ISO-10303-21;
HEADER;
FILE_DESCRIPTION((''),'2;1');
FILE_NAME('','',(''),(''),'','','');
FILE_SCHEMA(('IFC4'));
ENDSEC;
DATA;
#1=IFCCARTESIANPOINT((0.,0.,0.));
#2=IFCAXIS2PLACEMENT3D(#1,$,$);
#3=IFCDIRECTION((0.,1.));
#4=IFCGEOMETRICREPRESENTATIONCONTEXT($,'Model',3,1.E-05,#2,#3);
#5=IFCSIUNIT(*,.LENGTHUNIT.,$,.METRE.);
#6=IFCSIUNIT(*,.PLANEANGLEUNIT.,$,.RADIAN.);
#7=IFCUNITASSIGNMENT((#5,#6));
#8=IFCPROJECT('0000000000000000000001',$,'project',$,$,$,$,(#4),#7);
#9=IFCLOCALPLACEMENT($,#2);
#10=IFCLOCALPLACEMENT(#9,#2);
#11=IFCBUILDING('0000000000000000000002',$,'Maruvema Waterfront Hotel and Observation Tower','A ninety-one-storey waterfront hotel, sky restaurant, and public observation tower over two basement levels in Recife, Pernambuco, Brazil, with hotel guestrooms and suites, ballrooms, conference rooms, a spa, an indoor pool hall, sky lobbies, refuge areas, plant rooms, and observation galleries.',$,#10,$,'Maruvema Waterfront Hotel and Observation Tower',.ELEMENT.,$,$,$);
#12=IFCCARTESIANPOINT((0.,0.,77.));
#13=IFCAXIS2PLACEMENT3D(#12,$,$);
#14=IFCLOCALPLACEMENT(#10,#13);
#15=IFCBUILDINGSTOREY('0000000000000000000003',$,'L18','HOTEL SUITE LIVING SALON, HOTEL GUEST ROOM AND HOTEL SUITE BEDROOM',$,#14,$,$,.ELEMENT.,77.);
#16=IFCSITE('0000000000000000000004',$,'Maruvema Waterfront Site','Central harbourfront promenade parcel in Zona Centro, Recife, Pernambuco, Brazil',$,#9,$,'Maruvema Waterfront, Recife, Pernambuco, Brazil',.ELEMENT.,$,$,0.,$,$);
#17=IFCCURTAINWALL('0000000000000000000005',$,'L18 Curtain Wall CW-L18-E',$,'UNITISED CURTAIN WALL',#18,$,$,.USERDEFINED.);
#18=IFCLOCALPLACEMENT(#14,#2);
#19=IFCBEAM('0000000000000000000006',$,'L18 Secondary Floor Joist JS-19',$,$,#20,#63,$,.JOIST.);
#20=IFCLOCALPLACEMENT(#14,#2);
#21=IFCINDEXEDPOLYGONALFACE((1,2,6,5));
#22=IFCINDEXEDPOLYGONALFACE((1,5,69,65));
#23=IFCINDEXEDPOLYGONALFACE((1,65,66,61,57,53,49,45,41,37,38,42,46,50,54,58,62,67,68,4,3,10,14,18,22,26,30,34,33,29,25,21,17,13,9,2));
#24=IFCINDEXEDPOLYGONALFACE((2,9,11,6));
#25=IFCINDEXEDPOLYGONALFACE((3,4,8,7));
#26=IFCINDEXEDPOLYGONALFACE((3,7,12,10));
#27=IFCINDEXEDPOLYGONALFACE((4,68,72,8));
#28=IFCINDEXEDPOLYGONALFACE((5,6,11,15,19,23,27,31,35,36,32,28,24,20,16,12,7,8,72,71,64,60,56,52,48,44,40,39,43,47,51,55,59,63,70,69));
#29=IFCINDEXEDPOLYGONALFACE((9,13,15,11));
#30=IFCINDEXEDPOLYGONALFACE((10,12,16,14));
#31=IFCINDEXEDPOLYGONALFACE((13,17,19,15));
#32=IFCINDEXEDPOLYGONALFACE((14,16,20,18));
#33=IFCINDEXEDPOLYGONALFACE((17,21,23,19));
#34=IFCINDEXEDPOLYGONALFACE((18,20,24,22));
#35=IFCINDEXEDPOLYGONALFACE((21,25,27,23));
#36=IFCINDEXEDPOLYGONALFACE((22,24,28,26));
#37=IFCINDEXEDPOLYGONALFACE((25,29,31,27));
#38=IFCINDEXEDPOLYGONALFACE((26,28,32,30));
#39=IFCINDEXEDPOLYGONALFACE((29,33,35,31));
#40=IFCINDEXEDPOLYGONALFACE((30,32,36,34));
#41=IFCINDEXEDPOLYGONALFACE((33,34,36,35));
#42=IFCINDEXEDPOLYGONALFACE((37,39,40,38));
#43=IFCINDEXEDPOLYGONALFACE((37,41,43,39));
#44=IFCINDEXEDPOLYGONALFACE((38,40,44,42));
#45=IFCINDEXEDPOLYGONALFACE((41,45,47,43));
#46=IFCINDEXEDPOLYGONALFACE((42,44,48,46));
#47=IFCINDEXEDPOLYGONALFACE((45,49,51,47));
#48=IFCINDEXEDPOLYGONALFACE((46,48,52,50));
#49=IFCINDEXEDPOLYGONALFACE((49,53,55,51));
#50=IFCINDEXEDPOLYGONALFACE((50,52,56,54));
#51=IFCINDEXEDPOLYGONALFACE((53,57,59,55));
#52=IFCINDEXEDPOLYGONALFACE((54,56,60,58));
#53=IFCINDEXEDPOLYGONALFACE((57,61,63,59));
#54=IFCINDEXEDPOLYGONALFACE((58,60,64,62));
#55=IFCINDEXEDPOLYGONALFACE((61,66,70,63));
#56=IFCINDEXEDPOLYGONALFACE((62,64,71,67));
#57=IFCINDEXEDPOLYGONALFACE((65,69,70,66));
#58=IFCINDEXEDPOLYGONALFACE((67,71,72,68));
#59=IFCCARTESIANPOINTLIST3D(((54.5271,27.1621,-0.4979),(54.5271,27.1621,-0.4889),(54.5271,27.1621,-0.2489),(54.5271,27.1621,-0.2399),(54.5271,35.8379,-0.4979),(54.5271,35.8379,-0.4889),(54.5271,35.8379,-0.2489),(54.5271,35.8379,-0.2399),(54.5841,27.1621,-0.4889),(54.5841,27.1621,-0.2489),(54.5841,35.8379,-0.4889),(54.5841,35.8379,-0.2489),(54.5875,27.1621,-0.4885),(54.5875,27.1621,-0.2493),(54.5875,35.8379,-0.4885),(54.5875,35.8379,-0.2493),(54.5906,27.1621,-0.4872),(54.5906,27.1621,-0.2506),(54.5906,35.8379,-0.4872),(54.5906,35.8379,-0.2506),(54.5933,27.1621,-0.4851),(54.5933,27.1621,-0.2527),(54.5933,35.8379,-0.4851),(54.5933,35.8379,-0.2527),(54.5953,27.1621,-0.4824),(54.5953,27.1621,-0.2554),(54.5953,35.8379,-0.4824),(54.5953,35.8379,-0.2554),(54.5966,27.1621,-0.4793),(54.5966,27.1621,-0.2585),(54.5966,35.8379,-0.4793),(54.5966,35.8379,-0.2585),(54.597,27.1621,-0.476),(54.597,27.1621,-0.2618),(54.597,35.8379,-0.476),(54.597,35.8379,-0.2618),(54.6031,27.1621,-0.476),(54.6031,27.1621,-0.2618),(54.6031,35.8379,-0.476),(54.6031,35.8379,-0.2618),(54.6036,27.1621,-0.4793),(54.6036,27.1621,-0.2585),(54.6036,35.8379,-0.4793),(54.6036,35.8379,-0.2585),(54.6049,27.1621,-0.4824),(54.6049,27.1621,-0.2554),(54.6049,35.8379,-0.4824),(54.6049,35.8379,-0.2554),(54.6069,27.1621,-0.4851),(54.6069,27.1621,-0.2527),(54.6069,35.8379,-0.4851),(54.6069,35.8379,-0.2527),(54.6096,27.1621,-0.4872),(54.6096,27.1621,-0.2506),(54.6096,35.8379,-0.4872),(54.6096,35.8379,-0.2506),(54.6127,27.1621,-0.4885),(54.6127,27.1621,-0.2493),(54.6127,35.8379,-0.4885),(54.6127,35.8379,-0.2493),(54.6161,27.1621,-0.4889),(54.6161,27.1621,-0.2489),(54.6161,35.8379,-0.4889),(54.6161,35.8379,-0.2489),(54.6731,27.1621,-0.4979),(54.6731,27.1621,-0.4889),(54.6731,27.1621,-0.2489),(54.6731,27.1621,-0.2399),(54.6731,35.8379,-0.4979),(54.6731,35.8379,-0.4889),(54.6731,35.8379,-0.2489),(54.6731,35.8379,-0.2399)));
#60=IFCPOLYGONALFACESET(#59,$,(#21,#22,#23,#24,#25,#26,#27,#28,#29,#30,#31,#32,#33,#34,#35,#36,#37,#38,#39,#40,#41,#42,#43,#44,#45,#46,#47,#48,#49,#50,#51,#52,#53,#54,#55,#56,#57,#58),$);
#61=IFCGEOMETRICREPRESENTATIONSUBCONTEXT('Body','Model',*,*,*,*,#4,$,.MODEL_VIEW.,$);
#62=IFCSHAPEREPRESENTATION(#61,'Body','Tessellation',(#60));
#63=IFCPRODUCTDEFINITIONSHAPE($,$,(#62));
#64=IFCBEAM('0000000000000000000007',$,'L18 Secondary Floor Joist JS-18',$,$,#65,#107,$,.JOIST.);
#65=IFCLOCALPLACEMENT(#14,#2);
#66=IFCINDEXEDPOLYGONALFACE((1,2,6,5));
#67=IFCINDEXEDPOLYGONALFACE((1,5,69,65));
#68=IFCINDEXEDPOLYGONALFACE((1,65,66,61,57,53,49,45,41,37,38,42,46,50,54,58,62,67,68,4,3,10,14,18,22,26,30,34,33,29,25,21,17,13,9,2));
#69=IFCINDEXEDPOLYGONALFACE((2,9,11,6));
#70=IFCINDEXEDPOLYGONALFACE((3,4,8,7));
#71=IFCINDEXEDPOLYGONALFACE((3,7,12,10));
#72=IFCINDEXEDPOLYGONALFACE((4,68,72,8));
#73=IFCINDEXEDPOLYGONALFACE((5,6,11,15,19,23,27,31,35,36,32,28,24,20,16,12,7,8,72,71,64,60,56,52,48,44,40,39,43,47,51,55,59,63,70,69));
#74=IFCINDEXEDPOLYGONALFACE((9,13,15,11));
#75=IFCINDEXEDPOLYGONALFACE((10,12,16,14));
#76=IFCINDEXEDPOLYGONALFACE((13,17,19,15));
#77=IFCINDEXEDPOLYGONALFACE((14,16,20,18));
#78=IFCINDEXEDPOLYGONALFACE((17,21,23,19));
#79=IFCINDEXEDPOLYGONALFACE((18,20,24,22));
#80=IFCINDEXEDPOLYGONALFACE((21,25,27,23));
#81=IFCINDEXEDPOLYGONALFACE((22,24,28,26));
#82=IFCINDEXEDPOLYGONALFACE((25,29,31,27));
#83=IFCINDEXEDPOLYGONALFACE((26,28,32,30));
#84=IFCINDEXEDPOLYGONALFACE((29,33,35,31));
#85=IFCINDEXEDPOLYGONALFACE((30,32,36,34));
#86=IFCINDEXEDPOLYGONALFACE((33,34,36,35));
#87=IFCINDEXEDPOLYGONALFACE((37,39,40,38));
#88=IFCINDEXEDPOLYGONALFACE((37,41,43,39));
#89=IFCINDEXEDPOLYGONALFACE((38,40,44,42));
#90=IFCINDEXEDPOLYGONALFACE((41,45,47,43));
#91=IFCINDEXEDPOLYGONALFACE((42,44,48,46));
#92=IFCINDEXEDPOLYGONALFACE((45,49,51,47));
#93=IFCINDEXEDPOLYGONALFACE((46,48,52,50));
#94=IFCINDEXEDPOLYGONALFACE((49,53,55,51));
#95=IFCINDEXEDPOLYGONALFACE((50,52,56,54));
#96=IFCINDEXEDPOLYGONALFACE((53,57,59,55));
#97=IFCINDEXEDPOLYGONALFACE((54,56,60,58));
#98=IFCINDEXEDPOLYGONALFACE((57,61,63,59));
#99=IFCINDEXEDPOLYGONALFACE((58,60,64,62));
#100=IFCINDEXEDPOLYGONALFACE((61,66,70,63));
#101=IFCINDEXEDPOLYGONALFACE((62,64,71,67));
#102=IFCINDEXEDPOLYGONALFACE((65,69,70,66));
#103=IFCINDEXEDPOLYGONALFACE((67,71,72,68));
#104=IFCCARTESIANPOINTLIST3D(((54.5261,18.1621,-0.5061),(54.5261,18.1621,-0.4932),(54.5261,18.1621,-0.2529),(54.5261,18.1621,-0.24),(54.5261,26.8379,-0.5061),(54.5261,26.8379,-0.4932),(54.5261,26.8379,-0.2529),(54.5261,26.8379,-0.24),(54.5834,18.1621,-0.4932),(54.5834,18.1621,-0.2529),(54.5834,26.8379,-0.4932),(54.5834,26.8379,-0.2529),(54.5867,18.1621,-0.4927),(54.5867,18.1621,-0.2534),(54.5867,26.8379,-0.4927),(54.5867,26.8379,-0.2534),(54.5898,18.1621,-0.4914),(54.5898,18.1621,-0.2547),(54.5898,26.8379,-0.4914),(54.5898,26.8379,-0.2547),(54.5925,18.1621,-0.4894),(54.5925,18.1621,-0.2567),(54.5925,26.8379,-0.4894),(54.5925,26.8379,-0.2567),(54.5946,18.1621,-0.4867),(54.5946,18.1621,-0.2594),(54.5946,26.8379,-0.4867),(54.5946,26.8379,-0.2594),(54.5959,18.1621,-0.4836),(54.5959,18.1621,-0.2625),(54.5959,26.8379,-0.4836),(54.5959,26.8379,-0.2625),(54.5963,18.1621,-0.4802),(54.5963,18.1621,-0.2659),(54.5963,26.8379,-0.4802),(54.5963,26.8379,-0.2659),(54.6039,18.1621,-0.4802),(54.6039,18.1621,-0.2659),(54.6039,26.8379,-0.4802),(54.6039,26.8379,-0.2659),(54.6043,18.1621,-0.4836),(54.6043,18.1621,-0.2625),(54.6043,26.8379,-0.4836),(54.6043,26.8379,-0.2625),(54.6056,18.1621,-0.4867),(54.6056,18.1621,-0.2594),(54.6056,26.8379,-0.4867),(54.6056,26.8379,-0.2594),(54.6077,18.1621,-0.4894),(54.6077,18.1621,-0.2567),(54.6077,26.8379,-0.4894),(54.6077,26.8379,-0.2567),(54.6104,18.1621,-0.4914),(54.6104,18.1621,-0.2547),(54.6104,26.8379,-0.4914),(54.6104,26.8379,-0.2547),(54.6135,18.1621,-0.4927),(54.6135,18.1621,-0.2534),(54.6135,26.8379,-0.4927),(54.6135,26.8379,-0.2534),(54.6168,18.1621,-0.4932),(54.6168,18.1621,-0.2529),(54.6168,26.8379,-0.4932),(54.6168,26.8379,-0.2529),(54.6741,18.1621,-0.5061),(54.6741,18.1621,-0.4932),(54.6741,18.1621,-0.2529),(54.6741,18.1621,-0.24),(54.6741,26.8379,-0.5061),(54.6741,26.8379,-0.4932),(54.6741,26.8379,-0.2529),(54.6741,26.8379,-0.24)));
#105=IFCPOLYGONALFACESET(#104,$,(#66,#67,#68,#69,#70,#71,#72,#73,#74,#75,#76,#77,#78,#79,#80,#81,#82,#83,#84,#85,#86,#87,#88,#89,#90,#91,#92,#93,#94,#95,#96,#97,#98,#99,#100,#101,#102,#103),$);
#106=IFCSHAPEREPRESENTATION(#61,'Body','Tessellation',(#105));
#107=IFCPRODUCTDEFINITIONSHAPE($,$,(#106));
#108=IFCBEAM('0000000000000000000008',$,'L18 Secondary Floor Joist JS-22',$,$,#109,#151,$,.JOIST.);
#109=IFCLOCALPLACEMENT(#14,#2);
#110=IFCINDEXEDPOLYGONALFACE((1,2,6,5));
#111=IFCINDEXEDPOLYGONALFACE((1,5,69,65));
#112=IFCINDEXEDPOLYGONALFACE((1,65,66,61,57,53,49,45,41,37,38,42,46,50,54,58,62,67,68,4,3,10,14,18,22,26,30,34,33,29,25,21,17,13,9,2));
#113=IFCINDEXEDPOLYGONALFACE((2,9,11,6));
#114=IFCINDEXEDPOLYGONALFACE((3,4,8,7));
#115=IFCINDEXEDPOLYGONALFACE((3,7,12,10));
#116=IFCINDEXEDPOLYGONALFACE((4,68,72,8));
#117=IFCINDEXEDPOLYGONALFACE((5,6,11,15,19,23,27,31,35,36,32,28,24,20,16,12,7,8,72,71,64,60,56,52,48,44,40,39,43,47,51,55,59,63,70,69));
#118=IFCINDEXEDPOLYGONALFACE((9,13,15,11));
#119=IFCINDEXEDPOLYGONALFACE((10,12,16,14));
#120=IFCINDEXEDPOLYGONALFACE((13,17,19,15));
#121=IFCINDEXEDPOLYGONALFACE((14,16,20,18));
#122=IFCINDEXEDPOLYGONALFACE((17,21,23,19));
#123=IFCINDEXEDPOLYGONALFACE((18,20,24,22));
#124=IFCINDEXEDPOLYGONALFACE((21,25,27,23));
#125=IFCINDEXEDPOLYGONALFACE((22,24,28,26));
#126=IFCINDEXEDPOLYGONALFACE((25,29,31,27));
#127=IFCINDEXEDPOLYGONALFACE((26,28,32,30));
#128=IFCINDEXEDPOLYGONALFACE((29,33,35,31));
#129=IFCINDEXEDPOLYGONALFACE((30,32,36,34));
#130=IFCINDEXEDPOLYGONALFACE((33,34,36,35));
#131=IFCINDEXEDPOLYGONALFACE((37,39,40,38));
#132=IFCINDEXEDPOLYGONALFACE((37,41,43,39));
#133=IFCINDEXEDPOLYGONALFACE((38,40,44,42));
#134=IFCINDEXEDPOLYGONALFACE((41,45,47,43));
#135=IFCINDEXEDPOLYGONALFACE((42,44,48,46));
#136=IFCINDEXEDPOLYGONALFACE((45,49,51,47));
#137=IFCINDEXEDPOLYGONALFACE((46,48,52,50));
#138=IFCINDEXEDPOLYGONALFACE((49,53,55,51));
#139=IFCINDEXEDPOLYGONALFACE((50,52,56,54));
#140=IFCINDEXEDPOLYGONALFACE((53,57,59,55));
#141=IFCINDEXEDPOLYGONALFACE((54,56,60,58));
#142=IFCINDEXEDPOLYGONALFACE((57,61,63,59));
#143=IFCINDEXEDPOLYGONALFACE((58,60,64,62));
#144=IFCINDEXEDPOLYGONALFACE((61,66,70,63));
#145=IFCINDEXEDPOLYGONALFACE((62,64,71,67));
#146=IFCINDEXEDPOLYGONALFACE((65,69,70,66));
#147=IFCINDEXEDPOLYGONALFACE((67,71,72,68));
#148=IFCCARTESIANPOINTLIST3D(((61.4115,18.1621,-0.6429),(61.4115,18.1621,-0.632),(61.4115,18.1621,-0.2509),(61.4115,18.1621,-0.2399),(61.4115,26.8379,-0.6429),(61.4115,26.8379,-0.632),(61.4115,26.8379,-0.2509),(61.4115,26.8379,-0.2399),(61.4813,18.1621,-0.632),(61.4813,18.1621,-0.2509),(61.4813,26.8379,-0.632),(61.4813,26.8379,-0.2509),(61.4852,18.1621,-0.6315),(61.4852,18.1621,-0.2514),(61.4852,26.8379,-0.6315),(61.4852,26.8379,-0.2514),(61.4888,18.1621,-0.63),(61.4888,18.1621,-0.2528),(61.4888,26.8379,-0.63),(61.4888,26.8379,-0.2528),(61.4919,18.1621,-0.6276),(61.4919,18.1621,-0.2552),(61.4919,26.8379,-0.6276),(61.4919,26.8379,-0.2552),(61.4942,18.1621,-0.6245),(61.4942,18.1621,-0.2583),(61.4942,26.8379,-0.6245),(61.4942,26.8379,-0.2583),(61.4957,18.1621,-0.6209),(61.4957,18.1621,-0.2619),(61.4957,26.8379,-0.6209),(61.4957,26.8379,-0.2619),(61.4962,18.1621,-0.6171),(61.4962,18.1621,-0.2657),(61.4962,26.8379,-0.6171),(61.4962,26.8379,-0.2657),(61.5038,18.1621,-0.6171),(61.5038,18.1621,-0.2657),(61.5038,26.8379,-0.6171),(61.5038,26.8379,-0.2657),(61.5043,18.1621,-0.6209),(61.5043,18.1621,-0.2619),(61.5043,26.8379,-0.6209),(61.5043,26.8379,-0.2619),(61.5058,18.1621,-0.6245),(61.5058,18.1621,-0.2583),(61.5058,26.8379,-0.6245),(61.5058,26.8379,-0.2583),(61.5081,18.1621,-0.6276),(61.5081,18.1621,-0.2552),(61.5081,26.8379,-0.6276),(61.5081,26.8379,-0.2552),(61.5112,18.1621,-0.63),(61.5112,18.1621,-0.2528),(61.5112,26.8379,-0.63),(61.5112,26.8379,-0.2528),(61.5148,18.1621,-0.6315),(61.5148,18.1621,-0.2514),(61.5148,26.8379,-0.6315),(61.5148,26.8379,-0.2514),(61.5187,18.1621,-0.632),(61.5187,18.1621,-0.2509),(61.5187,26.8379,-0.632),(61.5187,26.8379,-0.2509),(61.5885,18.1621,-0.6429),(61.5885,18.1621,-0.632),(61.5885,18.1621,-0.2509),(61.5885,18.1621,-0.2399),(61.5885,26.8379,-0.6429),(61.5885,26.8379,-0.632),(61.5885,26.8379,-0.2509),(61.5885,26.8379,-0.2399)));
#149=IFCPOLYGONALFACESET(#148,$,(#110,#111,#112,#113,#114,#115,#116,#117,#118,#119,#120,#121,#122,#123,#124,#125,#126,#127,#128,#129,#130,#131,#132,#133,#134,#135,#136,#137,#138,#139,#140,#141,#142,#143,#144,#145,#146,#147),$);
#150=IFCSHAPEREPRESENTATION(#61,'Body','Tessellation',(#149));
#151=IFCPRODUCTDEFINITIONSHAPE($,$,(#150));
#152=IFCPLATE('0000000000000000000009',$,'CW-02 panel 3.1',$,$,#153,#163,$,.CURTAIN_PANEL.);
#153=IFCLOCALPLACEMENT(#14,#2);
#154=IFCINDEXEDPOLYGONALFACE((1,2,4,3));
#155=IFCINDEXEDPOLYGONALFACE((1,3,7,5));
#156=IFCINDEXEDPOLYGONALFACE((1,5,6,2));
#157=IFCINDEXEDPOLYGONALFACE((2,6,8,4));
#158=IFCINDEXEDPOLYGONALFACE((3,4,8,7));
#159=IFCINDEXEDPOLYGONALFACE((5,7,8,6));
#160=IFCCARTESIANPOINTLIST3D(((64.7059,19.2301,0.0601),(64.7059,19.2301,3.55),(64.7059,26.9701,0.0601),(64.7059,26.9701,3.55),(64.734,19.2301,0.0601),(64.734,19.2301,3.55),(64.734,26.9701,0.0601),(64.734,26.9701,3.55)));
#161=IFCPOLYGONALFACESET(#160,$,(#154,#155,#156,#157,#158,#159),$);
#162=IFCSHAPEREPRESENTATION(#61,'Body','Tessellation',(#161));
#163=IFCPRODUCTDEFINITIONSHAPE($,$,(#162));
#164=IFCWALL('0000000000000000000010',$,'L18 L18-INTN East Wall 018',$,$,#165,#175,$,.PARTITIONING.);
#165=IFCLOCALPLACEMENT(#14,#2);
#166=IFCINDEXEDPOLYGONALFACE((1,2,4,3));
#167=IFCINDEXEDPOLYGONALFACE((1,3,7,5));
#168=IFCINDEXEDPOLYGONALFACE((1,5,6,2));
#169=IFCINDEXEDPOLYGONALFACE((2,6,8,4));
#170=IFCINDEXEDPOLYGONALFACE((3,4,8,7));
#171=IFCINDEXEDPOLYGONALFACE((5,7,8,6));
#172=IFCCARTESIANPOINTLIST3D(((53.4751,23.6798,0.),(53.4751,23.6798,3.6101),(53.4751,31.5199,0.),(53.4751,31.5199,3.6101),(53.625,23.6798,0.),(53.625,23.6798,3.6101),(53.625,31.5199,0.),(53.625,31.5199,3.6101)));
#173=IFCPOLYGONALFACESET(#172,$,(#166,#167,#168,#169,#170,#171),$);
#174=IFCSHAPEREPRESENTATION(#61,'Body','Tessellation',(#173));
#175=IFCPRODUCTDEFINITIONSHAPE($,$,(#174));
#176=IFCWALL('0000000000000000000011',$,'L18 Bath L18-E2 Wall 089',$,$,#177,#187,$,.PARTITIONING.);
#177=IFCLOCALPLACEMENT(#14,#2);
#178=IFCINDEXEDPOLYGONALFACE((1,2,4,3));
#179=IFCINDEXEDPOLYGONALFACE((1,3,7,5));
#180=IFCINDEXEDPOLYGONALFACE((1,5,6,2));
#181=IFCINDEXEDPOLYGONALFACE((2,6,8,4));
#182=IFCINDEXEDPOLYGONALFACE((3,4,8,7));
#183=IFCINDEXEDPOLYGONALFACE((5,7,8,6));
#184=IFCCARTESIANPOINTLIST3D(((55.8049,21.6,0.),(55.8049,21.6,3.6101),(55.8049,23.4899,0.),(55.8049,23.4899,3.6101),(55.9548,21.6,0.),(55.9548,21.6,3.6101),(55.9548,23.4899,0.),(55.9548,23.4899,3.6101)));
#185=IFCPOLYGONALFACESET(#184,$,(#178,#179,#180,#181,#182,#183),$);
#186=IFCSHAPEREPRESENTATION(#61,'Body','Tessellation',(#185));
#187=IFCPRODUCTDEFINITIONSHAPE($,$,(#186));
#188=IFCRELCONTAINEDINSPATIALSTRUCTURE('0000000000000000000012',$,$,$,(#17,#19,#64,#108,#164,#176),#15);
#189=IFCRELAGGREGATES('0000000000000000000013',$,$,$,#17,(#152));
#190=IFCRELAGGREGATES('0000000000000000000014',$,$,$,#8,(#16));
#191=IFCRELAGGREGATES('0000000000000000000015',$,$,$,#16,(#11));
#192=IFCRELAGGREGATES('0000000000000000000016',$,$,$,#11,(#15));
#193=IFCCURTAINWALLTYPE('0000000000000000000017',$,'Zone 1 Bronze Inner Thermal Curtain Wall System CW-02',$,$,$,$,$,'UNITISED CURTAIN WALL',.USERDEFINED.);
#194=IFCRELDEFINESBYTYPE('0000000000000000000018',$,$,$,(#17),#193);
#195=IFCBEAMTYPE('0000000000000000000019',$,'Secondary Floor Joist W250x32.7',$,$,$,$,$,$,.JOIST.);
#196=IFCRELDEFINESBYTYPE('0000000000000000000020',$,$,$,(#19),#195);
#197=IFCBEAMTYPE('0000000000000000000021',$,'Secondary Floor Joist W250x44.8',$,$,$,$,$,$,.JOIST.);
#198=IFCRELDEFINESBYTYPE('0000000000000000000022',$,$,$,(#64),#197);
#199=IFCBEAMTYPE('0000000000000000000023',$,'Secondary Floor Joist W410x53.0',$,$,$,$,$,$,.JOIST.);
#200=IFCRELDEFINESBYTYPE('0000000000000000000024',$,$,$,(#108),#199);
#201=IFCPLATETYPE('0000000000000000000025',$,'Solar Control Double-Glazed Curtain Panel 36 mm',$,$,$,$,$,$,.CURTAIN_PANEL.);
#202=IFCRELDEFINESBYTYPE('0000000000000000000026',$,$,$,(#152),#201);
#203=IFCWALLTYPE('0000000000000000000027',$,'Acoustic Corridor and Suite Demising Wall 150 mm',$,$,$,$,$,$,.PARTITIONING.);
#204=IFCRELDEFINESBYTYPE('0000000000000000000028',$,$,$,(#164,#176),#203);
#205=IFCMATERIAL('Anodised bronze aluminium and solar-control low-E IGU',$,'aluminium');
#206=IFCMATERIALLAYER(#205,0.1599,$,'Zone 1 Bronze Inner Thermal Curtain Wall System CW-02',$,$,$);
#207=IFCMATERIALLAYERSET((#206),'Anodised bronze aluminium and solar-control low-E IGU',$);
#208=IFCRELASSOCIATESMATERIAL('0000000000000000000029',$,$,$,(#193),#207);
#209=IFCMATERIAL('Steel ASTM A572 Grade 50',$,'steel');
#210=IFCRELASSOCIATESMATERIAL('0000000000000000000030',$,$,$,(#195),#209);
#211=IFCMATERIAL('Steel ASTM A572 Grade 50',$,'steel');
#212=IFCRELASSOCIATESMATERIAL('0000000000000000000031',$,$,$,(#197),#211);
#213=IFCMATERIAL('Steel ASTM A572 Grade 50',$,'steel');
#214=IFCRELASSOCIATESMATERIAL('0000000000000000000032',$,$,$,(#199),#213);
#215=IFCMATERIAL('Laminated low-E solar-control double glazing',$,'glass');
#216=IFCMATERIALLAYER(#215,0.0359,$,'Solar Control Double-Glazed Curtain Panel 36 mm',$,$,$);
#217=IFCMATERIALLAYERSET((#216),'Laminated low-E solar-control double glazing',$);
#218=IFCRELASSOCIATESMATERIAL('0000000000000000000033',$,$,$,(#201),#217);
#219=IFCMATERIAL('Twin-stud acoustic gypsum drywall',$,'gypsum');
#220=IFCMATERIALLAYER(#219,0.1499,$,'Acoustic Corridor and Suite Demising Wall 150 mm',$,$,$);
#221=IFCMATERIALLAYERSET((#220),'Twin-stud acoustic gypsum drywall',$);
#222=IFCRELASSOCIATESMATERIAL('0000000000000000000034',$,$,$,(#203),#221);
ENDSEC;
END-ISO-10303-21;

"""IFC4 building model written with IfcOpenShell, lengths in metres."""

from ifc_helpers import new_model, si_unit, direction, frame, frame_2d, origin, origin_2d, place, context, subcontext, project, spatial, rectangle, i_section, extrude, material, layer, layer_set, material_profile, profile_set, type_object, element, aggregate, save


model = new_model("IFC4")

# Units and contexts
model_context = context("Model", 3, precision=1e-05, world=origin(), true_north=direction((0.0, 1.0)))
body_context = subcontext(model_context, "Body", "Model", "MODEL_VIEW")
ifc_project = project(units=[si_unit("LENGTHUNIT", "METRE"), si_unit("PLANEANGLEUNIT", "RADIAN")], contexts=[model_context])

# Site, building, storey
site_placement = place(None, origin())
site = spatial("IfcSite", under=ifc_project, at=site_placement, Name="Maruvema Waterfront Site", Description="Central harbourfront promenade parcel in Zona Centro, Recife, Pernambuco, Brazil", LongName="Maruvema Waterfront, Recife, Pernambuco, Brazil", CompositionType="ELEMENT", RefElevation=0.0)
building_placement = place(site_placement, origin())
building = spatial("IfcBuilding", under=site, at=building_placement, Name="Maruvema Waterfront Hotel and Observation Tower", Description="A ninety-one-storey waterfront hotel, sky restaurant, and public observation tower over two basement levels in Recife, Pernambuco, Brazil, with hotel guestrooms and suites, ballrooms, conference rooms, a spa, an indoor pool hall, sky lobbies, refuge areas, plant rooms, and observation galleries.", LongName="Maruvema Waterfront Hotel and Observation Tower", CompositionType="ELEMENT")
storey_placement = place(building_placement, frame((0.0, 0.0, 77.0)))
storey = spatial("IfcBuildingStorey", under=building, at=storey_placement, Name="L18", Description="HOTEL SUITE LIVING SALON, HOTEL GUEST ROOM AND HOTEL SUITE BEDROOM", CompositionType="ELEMENT", Elevation=77.0)

# Curtain wall
ifc_material_1 = material(Name="Anodised bronze aluminium and solar-control low-E IGU", Category="aluminium")
ifc_layer_1 = layer(ifc_material_1, 0.1599, Name="Zone 1 Bronze Inner Thermal Curtain Wall System CW-02")
ifc_layer_set_1 = layer_set([ifc_layer_1], Name="Anodised bronze aluminium and solar-control low-E IGU")
curtain_wall_type = type_object("IfcCurtainWallType", Name="Zone 1 Bronze Inner Thermal Curtain Wall System CW-02", ElementType="UNITISED CURTAIN WALL", PredefinedType="USERDEFINED", material=ifc_layer_set_1)
curtain_wall_placement = place(storey_placement, origin())
curtain_wall = element("IfcCurtainWall", 1, at=curtain_wall_placement, inside=storey, type_object=curtain_wall_type, Name="L18 Curtain Wall CW-L18-E", ObjectType="UNITISED CURTAIN WALL", PredefinedType="USERDEFINED")

# Beams
ifc_material_2 = material(Name="Steel ASTM A572 Grade 50", Category="steel")
ifc_material_profile_1 = material_profile(ifc_material_2, i_section(OverallWidth=0.146, OverallDepth=0.2581, WebThickness=0.0061, FlangeThickness=0.009, FilletRadius=0.0129, at=origin_2d()), Name="W250x32.7")
ifc_profile_set_1 = profile_set([ifc_material_profile_1], Name="Steel ASTM A572 Grade 50")
beam_type_1 = type_object("IfcBeamType", Name="Secondary Floor Joist W250x32.7", PredefinedType="JOIST", material=ifc_profile_set_1)
beam_1_placement = place(storey_placement, frame((54.6001, 27.1621, -0.3689), z_axis=(0.0, 1.0, 0.0), x_axis=(-1.0, 0.0, 0.0)))
element("IfcBeam", 2, at=beam_1_placement, inside=storey, type_object=beam_type_1, Name="L18 Secondary Floor Joist JS-19", PredefinedType="JOIST", context=body_context, shape_type="SweptSolid", body=[
    extrude(i_section(OverallWidth=0.146, OverallDepth=0.2581, WebThickness=0.0061, FlangeThickness=0.009, FilletRadius=0.0129, at=origin_2d()), origin(), (0.0, 0.0, 1.0), 8.6758),
])
ifc_material_3 = material(Name="Steel ASTM A572 Grade 50", Category="steel")
ifc_material_profile_2 = material_profile(ifc_material_3, i_section(OverallWidth=0.1479, OverallDepth=0.2661, WebThickness=0.0076, FlangeThickness=0.0129, FilletRadius=0.0129, at=origin_2d()), Name="W250x44.8")
ifc_profile_set_2 = profile_set([ifc_material_profile_2], Name="Steel ASTM A572 Grade 50")
beam_type_2 = type_object("IfcBeamType", Name="Secondary Floor Joist W250x44.8", PredefinedType="JOIST", material=ifc_profile_set_2)
beam_2_placement = place(storey_placement, frame((54.6001, 18.1621, -0.373), z_axis=(0.0, 1.0, 0.0), x_axis=(-1.0, 0.0, 0.0)))
element("IfcBeam", 3, at=beam_2_placement, inside=storey, type_object=beam_type_2, Name="L18 Secondary Floor Joist JS-18", PredefinedType="JOIST", context=body_context, shape_type="SweptSolid", body=[
    extrude(i_section(OverallWidth=0.1479, OverallDepth=0.2661, WebThickness=0.0076, FlangeThickness=0.0129, FilletRadius=0.0129, at=origin_2d()), origin(), (0.0, 0.0, 1.0), 8.6758),
])
ifc_material_4 = material(Name="Steel ASTM A572 Grade 50", Category="steel")
ifc_material_profile_3 = material_profile(ifc_material_4, i_section(OverallWidth=0.177, OverallDepth=0.4031, WebThickness=0.0076, FlangeThickness=0.011, FilletRadius=0.0149, at=origin_2d()), Name="W410x53.0")
ifc_profile_set_3 = profile_set([ifc_material_profile_3], Name="Steel ASTM A572 Grade 50")
beam_type_3 = type_object("IfcBeamType", Name="Secondary Floor Joist W410x53.0", PredefinedType="JOIST", material=ifc_profile_set_3)
beam_3_placement = place(storey_placement, frame((61.5, 18.1621, -0.4414), z_axis=(0.0, 1.0, 0.0), x_axis=(-1.0, 0.0, 0.0)))
element("IfcBeam", 4, at=beam_3_placement, inside=storey, type_object=beam_type_3, Name="L18 Secondary Floor Joist JS-22", PredefinedType="JOIST", context=body_context, shape_type="SweptSolid", body=[
    extrude(i_section(OverallWidth=0.177, OverallDepth=0.4031, WebThickness=0.0076, FlangeThickness=0.011, FilletRadius=0.0149, at=origin_2d()), origin(), (0.0, 0.0, 1.0), 8.6758),
])

# Plate
ifc_material_5 = material(Name="Laminated low-E solar-control double glazing", Category="glass")
ifc_layer_2 = layer(ifc_material_5, 0.0359, Name="Solar Control Double-Glazed Curtain Panel 36 mm")
ifc_layer_set_2 = layer_set([ifc_layer_2], Name="Laminated low-E solar-control double glazing")
plate_type = type_object("IfcPlateType", Name="Solar Control Double-Glazed Curtain Panel 36 mm", PredefinedType="CURTAIN_PANEL", material=ifc_layer_set_2)
plate_placement = place(storey_placement, frame((64.72, 23.1001, 0.0601), z_axis=(0.0, 0.0, 1.0), x_axis=(0.0, 1.0, 0.0)))
plate = element("IfcPlate", 5, at=plate_placement, type_object=plate_type, Name="CW-02 panel 3.1", PredefinedType="CURTAIN_PANEL", context=body_context, shape_type="SweptSolid", body=[
    extrude(rectangle(XDim=7.74, YDim=0.0281, at=origin_2d()), origin(), (0.0, 0.0, 1.0), 3.49),
])
aggregate(curtain_wall, [plate])

# Wall
ifc_material_6 = material(Name="Twin-stud acoustic gypsum drywall", Category="gypsum")
ifc_layer_3 = layer(ifc_material_6, 0.1499, Name="Acoustic Corridor and Suite Demising Wall 150 mm")
ifc_layer_set_3 = layer_set([ifc_layer_3], Name="Twin-stud acoustic gypsum drywall")
wall_type_1 = type_object("IfcWallType", Name="Acoustic Corridor and Suite Demising Wall 150 mm", PredefinedType="PARTITIONING", material=ifc_layer_set_3)
wall_1_placement = place(storey_placement, frame((53.55, 23.6799, 0.0), z_axis=(0.0, 0.0, 1.0), x_axis=(0.0, 1.0, 0.0)))
element("IfcWall", 6, at=wall_1_placement, inside=storey, type_object=wall_type_1, Name="L18 L18-INTN East Wall 018", PredefinedType="PARTITIONING", context=body_context, shape_type="SweptSolid", body=[
    extrude(rectangle(XDim=7.8401, YDim=0.1499, at=frame_2d((3.9199, 0.0))), origin(), (0.0, 0.0, 1.0), 3.6101),
])

# Wall
for number, where, z_axis, x_axis, name in (
    (7, (55.8799, 21.6001, 0.0), (0.0, 0.0, 1.0), (0.0, 1.0, 0.0), "L18 Bath L18-E2 Wall 089"),
):
    element("IfcWall", number, at=place(storey_placement, frame(where, z_axis=z_axis, x_axis=x_axis)), inside=storey, type_object=wall_type_1, Name=name, PredefinedType="PARTITIONING", context=body_context, shape_type="SweptSolid", body=[
        extrude(rectangle(XDim=1.8899, YDim=0.1499, at=frame_2d((0.9448, 0.0))), origin(), (0.0, 0.0, 1.0), 3.6101),
    ])

save(model, "model.ifc")
